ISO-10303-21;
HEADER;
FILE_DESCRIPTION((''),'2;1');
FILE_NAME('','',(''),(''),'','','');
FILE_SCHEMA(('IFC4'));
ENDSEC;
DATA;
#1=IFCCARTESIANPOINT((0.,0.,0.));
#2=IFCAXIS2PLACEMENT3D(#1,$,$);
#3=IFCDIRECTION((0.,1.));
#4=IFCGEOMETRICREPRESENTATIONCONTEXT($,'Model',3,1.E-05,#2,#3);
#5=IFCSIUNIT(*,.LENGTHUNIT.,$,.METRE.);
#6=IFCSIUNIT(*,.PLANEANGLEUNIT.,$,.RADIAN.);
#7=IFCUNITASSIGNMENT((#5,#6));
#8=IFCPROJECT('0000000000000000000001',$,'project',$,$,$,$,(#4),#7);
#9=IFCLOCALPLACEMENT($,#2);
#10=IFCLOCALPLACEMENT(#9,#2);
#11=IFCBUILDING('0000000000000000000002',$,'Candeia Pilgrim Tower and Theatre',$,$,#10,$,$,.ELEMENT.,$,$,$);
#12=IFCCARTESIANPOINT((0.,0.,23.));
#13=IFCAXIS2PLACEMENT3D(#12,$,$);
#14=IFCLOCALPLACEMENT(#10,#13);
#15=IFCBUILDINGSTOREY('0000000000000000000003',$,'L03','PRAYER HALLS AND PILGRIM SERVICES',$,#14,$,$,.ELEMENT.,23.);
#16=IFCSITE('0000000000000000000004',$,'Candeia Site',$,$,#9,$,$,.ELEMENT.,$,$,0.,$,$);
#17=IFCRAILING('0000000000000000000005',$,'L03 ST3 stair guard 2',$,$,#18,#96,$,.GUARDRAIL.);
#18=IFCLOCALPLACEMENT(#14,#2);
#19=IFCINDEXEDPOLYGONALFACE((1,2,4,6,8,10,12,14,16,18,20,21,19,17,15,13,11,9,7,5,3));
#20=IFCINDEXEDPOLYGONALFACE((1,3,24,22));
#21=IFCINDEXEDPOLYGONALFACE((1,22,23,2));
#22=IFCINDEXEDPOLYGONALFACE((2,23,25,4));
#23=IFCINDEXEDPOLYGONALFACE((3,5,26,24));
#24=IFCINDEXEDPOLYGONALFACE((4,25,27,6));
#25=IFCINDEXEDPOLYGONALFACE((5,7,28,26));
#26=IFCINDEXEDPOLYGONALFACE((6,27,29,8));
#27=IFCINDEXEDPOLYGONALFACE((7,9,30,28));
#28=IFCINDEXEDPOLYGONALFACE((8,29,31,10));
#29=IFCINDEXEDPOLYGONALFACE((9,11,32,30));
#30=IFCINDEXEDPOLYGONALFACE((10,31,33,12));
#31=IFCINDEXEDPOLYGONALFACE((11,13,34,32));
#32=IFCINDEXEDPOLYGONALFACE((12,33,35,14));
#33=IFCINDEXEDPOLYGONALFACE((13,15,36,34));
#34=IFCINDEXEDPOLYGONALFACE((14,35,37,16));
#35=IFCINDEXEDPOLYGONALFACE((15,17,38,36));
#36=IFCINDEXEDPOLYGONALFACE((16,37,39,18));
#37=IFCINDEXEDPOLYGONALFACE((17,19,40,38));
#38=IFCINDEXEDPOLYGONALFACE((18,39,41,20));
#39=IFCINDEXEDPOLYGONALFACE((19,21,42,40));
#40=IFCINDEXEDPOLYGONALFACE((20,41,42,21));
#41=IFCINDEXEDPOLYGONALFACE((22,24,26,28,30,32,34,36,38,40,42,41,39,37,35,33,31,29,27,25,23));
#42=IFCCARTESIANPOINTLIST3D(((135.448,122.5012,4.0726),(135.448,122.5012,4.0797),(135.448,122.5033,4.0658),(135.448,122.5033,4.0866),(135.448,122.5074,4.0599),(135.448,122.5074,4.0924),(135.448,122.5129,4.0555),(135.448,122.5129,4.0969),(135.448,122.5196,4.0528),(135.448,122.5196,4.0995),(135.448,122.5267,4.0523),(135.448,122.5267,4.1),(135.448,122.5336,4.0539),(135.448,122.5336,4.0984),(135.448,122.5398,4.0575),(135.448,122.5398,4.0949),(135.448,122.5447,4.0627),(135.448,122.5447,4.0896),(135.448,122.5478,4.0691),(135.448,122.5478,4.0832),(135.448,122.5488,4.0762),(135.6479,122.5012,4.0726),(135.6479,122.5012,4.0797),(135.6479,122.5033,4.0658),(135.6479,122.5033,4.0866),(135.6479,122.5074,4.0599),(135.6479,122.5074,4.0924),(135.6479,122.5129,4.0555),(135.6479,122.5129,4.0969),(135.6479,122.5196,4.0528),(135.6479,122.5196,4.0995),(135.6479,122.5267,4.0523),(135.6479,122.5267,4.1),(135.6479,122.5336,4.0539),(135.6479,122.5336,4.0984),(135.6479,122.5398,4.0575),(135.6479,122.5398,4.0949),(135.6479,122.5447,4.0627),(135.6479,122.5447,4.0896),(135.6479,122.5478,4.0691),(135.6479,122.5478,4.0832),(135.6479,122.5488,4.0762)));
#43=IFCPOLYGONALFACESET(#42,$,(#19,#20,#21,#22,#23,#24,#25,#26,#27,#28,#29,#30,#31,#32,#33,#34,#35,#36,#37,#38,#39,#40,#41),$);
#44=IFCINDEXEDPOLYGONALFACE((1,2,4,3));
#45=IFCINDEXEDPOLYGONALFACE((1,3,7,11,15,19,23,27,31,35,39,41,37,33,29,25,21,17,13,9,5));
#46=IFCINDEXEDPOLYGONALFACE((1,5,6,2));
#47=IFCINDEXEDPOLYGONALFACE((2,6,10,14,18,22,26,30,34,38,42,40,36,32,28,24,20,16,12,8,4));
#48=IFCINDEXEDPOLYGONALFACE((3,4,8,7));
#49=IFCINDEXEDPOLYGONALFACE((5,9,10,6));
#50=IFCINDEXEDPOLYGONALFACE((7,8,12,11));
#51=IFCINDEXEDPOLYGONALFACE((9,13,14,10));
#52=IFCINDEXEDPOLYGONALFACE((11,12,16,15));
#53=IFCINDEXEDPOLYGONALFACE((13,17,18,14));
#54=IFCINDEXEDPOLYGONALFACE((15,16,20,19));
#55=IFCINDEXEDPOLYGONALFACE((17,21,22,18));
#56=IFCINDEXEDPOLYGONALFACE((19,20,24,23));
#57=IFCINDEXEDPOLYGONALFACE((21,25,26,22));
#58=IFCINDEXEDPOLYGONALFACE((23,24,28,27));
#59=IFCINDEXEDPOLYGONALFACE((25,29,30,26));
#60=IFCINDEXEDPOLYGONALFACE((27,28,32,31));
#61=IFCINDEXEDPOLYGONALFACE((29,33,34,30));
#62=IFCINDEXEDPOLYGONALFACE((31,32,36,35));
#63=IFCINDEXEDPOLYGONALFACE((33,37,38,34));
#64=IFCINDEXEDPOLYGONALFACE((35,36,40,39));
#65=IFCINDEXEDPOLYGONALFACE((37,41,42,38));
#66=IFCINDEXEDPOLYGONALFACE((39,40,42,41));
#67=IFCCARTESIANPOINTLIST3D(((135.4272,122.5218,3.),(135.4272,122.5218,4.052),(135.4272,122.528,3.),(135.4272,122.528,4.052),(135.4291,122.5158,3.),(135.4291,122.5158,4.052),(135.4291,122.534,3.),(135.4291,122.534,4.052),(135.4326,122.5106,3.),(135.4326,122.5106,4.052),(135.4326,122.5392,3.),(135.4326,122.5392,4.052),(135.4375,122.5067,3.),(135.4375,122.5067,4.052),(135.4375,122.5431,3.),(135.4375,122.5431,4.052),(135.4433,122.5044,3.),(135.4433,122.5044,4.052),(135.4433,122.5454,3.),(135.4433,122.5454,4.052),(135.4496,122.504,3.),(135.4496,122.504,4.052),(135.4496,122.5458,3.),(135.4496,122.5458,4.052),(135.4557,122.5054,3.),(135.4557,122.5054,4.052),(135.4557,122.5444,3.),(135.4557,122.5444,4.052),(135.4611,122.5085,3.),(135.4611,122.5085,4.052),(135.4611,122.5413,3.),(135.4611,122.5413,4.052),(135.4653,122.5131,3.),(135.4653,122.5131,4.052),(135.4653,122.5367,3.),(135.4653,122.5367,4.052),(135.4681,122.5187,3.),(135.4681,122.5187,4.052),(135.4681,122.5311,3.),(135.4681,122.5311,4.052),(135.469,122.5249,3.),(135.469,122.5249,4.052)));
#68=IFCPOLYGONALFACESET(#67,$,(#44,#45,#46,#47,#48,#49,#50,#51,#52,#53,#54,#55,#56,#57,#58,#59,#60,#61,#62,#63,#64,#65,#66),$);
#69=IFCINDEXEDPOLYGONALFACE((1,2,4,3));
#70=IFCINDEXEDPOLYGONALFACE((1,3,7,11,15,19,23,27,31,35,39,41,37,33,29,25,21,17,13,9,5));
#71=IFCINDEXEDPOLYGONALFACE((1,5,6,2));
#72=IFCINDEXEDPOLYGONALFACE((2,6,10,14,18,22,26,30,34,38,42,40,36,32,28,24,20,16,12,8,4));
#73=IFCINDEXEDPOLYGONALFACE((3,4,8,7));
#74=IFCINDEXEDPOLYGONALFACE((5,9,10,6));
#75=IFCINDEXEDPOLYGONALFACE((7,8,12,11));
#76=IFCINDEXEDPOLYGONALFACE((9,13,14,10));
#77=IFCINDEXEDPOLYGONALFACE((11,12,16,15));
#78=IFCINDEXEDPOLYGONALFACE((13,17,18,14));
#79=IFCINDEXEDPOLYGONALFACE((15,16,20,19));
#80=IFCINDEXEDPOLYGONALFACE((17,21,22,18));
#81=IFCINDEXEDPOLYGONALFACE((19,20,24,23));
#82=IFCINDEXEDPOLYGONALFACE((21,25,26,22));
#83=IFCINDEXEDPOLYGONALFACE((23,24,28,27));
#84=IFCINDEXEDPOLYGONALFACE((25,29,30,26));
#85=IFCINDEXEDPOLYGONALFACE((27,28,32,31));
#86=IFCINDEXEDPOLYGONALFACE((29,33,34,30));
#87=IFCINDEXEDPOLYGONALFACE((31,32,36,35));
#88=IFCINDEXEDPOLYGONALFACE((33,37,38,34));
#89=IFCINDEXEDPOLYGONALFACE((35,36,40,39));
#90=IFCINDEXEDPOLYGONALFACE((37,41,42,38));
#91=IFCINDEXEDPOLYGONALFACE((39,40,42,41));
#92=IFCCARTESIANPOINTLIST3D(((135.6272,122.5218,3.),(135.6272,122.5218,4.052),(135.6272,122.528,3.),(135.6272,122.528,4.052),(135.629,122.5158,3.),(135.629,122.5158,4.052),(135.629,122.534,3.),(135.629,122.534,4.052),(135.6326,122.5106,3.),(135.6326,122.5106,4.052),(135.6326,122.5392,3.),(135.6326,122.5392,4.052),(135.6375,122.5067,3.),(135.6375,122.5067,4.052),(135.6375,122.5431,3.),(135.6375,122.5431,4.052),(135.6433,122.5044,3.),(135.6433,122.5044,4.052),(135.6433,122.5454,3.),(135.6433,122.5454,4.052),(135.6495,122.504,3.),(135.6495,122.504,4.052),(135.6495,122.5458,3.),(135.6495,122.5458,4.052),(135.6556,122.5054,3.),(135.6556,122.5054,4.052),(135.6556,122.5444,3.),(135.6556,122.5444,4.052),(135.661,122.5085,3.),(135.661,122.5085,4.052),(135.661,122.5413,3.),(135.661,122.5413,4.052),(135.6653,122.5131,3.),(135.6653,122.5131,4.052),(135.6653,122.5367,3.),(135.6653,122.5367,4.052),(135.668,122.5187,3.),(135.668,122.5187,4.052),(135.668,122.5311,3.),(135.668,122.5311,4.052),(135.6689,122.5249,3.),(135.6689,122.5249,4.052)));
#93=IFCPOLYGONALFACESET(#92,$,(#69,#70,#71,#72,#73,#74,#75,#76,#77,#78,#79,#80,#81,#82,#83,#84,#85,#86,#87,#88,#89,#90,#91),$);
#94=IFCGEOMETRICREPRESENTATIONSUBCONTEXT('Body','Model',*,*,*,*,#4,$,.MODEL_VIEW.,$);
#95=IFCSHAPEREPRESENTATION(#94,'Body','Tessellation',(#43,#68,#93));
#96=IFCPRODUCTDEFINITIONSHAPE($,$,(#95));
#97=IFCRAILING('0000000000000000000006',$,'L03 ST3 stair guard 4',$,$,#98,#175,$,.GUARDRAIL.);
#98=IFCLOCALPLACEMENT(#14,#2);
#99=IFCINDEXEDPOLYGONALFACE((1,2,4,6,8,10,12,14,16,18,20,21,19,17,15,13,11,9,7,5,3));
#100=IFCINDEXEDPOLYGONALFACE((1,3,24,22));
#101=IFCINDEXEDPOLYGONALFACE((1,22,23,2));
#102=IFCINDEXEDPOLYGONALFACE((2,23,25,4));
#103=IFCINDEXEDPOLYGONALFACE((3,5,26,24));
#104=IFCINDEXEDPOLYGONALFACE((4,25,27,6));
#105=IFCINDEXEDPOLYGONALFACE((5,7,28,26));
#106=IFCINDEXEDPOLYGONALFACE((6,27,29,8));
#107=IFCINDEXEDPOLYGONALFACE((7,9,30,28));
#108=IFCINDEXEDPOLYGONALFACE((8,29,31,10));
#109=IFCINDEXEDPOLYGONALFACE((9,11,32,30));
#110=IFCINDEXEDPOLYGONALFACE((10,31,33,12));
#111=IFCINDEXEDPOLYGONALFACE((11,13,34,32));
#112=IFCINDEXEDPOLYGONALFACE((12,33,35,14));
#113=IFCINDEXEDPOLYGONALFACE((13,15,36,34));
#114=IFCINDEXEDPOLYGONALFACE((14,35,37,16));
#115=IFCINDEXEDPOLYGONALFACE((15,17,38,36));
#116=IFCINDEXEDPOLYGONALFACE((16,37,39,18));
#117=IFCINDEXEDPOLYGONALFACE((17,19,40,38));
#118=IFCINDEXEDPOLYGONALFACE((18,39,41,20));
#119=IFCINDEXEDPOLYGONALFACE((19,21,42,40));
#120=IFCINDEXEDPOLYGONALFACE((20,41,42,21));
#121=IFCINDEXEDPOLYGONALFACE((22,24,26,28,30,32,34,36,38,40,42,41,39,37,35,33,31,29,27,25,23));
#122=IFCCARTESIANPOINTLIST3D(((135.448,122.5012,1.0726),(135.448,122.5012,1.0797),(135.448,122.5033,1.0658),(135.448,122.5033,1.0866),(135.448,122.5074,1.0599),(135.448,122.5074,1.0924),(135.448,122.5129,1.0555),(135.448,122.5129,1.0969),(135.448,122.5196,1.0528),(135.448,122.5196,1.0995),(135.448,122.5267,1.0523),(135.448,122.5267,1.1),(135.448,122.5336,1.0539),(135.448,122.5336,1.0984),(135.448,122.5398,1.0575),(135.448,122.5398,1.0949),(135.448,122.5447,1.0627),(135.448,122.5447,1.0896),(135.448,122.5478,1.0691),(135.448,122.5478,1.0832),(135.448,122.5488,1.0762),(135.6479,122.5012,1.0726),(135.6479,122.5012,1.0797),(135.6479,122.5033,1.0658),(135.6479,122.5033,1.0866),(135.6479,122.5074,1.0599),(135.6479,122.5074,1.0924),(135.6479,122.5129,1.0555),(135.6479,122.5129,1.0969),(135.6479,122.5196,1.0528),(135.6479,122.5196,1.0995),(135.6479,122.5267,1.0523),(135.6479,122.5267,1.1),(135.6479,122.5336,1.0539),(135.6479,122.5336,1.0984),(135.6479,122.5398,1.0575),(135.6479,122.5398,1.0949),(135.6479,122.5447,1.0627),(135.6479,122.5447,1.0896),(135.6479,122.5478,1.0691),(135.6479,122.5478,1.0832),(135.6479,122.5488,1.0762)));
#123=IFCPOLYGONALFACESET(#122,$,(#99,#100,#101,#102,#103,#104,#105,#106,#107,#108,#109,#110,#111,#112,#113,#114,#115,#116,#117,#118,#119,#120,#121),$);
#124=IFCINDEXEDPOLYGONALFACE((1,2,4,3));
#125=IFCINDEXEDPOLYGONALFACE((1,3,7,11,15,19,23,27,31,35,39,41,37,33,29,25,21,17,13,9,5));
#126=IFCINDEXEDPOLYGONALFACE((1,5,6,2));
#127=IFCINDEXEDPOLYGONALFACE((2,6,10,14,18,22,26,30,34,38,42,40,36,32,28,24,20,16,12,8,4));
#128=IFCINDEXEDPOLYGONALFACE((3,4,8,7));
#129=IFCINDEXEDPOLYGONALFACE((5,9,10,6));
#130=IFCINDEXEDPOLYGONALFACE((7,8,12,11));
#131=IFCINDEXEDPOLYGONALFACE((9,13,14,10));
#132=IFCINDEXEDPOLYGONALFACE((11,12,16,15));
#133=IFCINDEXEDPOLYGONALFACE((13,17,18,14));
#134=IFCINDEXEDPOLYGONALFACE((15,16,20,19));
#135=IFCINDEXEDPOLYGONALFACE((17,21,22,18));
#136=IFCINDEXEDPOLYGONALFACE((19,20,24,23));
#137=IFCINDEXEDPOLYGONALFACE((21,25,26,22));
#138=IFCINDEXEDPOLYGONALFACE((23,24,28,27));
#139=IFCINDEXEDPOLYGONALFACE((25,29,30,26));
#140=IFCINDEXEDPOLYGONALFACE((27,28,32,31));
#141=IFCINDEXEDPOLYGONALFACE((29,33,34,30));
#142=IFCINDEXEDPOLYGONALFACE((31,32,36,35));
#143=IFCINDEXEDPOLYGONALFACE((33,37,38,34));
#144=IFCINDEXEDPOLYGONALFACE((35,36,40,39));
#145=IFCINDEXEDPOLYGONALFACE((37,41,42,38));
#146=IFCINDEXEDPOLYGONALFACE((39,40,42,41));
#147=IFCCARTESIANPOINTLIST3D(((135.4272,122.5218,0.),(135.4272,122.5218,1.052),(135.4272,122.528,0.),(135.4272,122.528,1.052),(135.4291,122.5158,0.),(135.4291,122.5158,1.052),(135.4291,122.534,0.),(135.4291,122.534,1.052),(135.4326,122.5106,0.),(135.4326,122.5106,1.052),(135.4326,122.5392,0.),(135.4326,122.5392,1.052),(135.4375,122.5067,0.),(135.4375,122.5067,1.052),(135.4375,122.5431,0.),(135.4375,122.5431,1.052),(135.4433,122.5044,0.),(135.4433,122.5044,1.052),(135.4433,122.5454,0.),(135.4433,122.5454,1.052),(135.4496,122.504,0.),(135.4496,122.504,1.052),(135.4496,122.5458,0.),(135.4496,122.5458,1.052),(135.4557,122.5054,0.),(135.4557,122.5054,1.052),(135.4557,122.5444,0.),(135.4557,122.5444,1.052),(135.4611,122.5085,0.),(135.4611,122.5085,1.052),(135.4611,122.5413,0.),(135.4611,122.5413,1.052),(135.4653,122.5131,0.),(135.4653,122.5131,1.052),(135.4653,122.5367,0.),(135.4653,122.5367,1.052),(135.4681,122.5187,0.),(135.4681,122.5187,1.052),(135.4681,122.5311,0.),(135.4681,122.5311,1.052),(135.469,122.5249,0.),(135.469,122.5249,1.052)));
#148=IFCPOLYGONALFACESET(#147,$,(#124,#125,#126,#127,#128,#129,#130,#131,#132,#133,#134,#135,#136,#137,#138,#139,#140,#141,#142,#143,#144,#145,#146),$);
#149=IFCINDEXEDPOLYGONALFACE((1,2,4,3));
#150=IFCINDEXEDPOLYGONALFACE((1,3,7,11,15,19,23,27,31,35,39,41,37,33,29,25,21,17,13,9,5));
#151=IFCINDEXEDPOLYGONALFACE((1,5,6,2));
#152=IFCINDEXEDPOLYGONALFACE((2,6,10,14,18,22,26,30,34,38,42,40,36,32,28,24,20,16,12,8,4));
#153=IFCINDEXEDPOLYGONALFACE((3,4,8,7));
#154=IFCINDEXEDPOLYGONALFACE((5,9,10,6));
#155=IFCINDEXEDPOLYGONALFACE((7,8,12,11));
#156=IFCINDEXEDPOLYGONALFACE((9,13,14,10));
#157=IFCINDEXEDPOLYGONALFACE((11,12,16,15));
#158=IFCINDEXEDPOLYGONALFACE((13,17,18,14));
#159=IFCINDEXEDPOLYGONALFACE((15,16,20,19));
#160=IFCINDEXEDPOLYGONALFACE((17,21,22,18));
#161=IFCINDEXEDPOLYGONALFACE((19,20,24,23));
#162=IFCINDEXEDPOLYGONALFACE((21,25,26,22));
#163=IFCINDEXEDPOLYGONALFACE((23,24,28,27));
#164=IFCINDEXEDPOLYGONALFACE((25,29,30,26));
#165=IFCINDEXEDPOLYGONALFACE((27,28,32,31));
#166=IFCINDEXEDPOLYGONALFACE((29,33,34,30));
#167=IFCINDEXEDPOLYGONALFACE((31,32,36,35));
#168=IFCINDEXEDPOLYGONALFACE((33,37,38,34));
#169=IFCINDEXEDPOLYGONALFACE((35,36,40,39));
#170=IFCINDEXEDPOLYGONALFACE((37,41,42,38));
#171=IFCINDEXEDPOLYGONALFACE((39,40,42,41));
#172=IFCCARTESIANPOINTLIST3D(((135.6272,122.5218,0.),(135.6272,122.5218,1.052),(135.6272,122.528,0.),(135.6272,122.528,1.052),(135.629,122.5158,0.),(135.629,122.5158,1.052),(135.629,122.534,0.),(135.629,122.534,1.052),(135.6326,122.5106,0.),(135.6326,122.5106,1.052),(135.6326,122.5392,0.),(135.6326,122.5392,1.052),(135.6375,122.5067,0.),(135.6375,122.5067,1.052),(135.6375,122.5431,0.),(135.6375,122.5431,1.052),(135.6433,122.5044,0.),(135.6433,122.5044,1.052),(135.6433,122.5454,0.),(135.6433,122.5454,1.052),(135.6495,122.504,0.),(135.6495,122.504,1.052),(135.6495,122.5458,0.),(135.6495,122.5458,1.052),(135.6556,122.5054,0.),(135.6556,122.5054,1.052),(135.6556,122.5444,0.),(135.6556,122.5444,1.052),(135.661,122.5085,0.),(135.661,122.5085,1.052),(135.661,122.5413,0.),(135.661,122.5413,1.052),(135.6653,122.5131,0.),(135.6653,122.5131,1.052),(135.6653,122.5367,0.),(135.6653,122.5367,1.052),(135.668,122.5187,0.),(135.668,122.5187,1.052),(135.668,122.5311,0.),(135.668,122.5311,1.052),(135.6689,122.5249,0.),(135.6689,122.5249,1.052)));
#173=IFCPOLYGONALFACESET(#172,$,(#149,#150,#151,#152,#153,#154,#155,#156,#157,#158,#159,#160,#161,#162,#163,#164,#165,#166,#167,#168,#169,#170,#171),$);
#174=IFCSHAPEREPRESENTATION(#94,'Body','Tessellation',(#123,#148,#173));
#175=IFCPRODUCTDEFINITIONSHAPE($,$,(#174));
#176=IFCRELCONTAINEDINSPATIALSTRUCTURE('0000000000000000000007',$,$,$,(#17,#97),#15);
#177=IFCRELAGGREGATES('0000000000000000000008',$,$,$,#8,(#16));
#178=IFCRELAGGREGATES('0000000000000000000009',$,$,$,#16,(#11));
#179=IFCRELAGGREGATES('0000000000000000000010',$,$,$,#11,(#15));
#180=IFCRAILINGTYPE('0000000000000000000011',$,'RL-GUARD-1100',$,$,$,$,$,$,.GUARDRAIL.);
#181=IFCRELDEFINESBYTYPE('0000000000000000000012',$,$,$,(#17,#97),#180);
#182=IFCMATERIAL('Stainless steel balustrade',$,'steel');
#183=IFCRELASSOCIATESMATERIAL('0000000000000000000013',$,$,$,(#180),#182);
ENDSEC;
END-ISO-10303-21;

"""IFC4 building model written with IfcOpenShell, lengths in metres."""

from ifc_helpers import new_model, si_unit, direction, frame, origin, origin_2d, place, context, subcontext, project, spatial, circle, extrude, material, type_object, element, save


model = new_model("IFC4")

# Units and contexts
model_context = context("Model", 3, precision=1e-05, world=origin(), true_north=direction((0.0, 1.0)))
body_context = subcontext(model_context, "Body", "Model", "MODEL_VIEW")
ifc_project = project(units=[si_unit("LENGTHUNIT", "METRE"), si_unit("PLANEANGLEUNIT", "RADIAN")], contexts=[model_context])

# Site, building, storey
site_placement = place(None, origin())
site = spatial("IfcSite", under=ifc_project, at=site_placement, Name="Candeia Site", CompositionType="ELEMENT", RefElevation=0.0)
building_placement = place(site_placement, origin())
building = spatial("IfcBuilding", under=site, at=building_placement, Name="Candeia Pilgrim Tower and Theatre", CompositionType="ELEMENT")
storey_placement = place(building_placement, frame((0.0, 0.0, 23.0)))
storey = spatial("IfcBuildingStorey", under=building, at=storey_placement, Name="L03", Description="PRAYER HALLS AND PILGRIM SERVICES", CompositionType="ELEMENT", Elevation=23.0)

# Railings
ifc_material_1 = material(Name="Stainless steel balustrade", Category="steel")
railing_type_1 = type_object("IfcRailingType", Name="RL-GUARD-1100", PredefinedType="GUARDRAIL", material=ifc_material_1)
railing_1_placement = place(storey_placement, frame((135.448, 122.5249, 3.0)))
element("IfcRailing", 1, at=railing_1_placement, inside=storey, type_object=railing_type_1, Name="L03 ST3 stair guard 2", PredefinedType="GUARDRAIL", context=body_context, shape_type="SweptSolid", body=[
    extrude(circle(Radius=0.0239, at=origin_2d()), frame((0.0, 0.0, 1.0762), z_axis=(1.0, 0.0, 0.0), x_axis=(0.0, 1.0, 0.0)), (0.0, 0.0, 1.0), 0.2),
    extrude(circle(Radius=0.021, at=origin_2d()), origin(), (0.0, 0.0, 1.0), 1.052),
    extrude(circle(Radius=0.021, at=origin_2d()), frame((0.2, 0.0, 0.0)), (0.0, 0.0, 1.0), 1.052),
])
railing_2_placement = place(storey_placement, frame((135.448, 122.5249, 0.0)))
element("IfcRailing", 2, at=railing_2_placement, inside=storey, type_object=railing_type_1, Name="L03 ST3 stair guard 4", PredefinedType="GUARDRAIL", context=body_context, shape_type="SweptSolid", body=[
    extrude(circle(Radius=0.0239, at=origin_2d()), frame((0.0, 0.0, 1.0762), z_axis=(1.0, 0.0, 0.0), x_axis=(0.0, 1.0, 0.0)), (0.0, 0.0, 1.0), 0.2),
    extrude(circle(Radius=0.021, at=origin_2d()), origin(), (0.0, 0.0, 1.0), 1.052),
    extrude(circle(Radius=0.021, at=origin_2d()), frame((0.2, 0.0, 0.0)), (0.0, 0.0, 1.0), 1.052),
])

save(model, "model.ifc")
